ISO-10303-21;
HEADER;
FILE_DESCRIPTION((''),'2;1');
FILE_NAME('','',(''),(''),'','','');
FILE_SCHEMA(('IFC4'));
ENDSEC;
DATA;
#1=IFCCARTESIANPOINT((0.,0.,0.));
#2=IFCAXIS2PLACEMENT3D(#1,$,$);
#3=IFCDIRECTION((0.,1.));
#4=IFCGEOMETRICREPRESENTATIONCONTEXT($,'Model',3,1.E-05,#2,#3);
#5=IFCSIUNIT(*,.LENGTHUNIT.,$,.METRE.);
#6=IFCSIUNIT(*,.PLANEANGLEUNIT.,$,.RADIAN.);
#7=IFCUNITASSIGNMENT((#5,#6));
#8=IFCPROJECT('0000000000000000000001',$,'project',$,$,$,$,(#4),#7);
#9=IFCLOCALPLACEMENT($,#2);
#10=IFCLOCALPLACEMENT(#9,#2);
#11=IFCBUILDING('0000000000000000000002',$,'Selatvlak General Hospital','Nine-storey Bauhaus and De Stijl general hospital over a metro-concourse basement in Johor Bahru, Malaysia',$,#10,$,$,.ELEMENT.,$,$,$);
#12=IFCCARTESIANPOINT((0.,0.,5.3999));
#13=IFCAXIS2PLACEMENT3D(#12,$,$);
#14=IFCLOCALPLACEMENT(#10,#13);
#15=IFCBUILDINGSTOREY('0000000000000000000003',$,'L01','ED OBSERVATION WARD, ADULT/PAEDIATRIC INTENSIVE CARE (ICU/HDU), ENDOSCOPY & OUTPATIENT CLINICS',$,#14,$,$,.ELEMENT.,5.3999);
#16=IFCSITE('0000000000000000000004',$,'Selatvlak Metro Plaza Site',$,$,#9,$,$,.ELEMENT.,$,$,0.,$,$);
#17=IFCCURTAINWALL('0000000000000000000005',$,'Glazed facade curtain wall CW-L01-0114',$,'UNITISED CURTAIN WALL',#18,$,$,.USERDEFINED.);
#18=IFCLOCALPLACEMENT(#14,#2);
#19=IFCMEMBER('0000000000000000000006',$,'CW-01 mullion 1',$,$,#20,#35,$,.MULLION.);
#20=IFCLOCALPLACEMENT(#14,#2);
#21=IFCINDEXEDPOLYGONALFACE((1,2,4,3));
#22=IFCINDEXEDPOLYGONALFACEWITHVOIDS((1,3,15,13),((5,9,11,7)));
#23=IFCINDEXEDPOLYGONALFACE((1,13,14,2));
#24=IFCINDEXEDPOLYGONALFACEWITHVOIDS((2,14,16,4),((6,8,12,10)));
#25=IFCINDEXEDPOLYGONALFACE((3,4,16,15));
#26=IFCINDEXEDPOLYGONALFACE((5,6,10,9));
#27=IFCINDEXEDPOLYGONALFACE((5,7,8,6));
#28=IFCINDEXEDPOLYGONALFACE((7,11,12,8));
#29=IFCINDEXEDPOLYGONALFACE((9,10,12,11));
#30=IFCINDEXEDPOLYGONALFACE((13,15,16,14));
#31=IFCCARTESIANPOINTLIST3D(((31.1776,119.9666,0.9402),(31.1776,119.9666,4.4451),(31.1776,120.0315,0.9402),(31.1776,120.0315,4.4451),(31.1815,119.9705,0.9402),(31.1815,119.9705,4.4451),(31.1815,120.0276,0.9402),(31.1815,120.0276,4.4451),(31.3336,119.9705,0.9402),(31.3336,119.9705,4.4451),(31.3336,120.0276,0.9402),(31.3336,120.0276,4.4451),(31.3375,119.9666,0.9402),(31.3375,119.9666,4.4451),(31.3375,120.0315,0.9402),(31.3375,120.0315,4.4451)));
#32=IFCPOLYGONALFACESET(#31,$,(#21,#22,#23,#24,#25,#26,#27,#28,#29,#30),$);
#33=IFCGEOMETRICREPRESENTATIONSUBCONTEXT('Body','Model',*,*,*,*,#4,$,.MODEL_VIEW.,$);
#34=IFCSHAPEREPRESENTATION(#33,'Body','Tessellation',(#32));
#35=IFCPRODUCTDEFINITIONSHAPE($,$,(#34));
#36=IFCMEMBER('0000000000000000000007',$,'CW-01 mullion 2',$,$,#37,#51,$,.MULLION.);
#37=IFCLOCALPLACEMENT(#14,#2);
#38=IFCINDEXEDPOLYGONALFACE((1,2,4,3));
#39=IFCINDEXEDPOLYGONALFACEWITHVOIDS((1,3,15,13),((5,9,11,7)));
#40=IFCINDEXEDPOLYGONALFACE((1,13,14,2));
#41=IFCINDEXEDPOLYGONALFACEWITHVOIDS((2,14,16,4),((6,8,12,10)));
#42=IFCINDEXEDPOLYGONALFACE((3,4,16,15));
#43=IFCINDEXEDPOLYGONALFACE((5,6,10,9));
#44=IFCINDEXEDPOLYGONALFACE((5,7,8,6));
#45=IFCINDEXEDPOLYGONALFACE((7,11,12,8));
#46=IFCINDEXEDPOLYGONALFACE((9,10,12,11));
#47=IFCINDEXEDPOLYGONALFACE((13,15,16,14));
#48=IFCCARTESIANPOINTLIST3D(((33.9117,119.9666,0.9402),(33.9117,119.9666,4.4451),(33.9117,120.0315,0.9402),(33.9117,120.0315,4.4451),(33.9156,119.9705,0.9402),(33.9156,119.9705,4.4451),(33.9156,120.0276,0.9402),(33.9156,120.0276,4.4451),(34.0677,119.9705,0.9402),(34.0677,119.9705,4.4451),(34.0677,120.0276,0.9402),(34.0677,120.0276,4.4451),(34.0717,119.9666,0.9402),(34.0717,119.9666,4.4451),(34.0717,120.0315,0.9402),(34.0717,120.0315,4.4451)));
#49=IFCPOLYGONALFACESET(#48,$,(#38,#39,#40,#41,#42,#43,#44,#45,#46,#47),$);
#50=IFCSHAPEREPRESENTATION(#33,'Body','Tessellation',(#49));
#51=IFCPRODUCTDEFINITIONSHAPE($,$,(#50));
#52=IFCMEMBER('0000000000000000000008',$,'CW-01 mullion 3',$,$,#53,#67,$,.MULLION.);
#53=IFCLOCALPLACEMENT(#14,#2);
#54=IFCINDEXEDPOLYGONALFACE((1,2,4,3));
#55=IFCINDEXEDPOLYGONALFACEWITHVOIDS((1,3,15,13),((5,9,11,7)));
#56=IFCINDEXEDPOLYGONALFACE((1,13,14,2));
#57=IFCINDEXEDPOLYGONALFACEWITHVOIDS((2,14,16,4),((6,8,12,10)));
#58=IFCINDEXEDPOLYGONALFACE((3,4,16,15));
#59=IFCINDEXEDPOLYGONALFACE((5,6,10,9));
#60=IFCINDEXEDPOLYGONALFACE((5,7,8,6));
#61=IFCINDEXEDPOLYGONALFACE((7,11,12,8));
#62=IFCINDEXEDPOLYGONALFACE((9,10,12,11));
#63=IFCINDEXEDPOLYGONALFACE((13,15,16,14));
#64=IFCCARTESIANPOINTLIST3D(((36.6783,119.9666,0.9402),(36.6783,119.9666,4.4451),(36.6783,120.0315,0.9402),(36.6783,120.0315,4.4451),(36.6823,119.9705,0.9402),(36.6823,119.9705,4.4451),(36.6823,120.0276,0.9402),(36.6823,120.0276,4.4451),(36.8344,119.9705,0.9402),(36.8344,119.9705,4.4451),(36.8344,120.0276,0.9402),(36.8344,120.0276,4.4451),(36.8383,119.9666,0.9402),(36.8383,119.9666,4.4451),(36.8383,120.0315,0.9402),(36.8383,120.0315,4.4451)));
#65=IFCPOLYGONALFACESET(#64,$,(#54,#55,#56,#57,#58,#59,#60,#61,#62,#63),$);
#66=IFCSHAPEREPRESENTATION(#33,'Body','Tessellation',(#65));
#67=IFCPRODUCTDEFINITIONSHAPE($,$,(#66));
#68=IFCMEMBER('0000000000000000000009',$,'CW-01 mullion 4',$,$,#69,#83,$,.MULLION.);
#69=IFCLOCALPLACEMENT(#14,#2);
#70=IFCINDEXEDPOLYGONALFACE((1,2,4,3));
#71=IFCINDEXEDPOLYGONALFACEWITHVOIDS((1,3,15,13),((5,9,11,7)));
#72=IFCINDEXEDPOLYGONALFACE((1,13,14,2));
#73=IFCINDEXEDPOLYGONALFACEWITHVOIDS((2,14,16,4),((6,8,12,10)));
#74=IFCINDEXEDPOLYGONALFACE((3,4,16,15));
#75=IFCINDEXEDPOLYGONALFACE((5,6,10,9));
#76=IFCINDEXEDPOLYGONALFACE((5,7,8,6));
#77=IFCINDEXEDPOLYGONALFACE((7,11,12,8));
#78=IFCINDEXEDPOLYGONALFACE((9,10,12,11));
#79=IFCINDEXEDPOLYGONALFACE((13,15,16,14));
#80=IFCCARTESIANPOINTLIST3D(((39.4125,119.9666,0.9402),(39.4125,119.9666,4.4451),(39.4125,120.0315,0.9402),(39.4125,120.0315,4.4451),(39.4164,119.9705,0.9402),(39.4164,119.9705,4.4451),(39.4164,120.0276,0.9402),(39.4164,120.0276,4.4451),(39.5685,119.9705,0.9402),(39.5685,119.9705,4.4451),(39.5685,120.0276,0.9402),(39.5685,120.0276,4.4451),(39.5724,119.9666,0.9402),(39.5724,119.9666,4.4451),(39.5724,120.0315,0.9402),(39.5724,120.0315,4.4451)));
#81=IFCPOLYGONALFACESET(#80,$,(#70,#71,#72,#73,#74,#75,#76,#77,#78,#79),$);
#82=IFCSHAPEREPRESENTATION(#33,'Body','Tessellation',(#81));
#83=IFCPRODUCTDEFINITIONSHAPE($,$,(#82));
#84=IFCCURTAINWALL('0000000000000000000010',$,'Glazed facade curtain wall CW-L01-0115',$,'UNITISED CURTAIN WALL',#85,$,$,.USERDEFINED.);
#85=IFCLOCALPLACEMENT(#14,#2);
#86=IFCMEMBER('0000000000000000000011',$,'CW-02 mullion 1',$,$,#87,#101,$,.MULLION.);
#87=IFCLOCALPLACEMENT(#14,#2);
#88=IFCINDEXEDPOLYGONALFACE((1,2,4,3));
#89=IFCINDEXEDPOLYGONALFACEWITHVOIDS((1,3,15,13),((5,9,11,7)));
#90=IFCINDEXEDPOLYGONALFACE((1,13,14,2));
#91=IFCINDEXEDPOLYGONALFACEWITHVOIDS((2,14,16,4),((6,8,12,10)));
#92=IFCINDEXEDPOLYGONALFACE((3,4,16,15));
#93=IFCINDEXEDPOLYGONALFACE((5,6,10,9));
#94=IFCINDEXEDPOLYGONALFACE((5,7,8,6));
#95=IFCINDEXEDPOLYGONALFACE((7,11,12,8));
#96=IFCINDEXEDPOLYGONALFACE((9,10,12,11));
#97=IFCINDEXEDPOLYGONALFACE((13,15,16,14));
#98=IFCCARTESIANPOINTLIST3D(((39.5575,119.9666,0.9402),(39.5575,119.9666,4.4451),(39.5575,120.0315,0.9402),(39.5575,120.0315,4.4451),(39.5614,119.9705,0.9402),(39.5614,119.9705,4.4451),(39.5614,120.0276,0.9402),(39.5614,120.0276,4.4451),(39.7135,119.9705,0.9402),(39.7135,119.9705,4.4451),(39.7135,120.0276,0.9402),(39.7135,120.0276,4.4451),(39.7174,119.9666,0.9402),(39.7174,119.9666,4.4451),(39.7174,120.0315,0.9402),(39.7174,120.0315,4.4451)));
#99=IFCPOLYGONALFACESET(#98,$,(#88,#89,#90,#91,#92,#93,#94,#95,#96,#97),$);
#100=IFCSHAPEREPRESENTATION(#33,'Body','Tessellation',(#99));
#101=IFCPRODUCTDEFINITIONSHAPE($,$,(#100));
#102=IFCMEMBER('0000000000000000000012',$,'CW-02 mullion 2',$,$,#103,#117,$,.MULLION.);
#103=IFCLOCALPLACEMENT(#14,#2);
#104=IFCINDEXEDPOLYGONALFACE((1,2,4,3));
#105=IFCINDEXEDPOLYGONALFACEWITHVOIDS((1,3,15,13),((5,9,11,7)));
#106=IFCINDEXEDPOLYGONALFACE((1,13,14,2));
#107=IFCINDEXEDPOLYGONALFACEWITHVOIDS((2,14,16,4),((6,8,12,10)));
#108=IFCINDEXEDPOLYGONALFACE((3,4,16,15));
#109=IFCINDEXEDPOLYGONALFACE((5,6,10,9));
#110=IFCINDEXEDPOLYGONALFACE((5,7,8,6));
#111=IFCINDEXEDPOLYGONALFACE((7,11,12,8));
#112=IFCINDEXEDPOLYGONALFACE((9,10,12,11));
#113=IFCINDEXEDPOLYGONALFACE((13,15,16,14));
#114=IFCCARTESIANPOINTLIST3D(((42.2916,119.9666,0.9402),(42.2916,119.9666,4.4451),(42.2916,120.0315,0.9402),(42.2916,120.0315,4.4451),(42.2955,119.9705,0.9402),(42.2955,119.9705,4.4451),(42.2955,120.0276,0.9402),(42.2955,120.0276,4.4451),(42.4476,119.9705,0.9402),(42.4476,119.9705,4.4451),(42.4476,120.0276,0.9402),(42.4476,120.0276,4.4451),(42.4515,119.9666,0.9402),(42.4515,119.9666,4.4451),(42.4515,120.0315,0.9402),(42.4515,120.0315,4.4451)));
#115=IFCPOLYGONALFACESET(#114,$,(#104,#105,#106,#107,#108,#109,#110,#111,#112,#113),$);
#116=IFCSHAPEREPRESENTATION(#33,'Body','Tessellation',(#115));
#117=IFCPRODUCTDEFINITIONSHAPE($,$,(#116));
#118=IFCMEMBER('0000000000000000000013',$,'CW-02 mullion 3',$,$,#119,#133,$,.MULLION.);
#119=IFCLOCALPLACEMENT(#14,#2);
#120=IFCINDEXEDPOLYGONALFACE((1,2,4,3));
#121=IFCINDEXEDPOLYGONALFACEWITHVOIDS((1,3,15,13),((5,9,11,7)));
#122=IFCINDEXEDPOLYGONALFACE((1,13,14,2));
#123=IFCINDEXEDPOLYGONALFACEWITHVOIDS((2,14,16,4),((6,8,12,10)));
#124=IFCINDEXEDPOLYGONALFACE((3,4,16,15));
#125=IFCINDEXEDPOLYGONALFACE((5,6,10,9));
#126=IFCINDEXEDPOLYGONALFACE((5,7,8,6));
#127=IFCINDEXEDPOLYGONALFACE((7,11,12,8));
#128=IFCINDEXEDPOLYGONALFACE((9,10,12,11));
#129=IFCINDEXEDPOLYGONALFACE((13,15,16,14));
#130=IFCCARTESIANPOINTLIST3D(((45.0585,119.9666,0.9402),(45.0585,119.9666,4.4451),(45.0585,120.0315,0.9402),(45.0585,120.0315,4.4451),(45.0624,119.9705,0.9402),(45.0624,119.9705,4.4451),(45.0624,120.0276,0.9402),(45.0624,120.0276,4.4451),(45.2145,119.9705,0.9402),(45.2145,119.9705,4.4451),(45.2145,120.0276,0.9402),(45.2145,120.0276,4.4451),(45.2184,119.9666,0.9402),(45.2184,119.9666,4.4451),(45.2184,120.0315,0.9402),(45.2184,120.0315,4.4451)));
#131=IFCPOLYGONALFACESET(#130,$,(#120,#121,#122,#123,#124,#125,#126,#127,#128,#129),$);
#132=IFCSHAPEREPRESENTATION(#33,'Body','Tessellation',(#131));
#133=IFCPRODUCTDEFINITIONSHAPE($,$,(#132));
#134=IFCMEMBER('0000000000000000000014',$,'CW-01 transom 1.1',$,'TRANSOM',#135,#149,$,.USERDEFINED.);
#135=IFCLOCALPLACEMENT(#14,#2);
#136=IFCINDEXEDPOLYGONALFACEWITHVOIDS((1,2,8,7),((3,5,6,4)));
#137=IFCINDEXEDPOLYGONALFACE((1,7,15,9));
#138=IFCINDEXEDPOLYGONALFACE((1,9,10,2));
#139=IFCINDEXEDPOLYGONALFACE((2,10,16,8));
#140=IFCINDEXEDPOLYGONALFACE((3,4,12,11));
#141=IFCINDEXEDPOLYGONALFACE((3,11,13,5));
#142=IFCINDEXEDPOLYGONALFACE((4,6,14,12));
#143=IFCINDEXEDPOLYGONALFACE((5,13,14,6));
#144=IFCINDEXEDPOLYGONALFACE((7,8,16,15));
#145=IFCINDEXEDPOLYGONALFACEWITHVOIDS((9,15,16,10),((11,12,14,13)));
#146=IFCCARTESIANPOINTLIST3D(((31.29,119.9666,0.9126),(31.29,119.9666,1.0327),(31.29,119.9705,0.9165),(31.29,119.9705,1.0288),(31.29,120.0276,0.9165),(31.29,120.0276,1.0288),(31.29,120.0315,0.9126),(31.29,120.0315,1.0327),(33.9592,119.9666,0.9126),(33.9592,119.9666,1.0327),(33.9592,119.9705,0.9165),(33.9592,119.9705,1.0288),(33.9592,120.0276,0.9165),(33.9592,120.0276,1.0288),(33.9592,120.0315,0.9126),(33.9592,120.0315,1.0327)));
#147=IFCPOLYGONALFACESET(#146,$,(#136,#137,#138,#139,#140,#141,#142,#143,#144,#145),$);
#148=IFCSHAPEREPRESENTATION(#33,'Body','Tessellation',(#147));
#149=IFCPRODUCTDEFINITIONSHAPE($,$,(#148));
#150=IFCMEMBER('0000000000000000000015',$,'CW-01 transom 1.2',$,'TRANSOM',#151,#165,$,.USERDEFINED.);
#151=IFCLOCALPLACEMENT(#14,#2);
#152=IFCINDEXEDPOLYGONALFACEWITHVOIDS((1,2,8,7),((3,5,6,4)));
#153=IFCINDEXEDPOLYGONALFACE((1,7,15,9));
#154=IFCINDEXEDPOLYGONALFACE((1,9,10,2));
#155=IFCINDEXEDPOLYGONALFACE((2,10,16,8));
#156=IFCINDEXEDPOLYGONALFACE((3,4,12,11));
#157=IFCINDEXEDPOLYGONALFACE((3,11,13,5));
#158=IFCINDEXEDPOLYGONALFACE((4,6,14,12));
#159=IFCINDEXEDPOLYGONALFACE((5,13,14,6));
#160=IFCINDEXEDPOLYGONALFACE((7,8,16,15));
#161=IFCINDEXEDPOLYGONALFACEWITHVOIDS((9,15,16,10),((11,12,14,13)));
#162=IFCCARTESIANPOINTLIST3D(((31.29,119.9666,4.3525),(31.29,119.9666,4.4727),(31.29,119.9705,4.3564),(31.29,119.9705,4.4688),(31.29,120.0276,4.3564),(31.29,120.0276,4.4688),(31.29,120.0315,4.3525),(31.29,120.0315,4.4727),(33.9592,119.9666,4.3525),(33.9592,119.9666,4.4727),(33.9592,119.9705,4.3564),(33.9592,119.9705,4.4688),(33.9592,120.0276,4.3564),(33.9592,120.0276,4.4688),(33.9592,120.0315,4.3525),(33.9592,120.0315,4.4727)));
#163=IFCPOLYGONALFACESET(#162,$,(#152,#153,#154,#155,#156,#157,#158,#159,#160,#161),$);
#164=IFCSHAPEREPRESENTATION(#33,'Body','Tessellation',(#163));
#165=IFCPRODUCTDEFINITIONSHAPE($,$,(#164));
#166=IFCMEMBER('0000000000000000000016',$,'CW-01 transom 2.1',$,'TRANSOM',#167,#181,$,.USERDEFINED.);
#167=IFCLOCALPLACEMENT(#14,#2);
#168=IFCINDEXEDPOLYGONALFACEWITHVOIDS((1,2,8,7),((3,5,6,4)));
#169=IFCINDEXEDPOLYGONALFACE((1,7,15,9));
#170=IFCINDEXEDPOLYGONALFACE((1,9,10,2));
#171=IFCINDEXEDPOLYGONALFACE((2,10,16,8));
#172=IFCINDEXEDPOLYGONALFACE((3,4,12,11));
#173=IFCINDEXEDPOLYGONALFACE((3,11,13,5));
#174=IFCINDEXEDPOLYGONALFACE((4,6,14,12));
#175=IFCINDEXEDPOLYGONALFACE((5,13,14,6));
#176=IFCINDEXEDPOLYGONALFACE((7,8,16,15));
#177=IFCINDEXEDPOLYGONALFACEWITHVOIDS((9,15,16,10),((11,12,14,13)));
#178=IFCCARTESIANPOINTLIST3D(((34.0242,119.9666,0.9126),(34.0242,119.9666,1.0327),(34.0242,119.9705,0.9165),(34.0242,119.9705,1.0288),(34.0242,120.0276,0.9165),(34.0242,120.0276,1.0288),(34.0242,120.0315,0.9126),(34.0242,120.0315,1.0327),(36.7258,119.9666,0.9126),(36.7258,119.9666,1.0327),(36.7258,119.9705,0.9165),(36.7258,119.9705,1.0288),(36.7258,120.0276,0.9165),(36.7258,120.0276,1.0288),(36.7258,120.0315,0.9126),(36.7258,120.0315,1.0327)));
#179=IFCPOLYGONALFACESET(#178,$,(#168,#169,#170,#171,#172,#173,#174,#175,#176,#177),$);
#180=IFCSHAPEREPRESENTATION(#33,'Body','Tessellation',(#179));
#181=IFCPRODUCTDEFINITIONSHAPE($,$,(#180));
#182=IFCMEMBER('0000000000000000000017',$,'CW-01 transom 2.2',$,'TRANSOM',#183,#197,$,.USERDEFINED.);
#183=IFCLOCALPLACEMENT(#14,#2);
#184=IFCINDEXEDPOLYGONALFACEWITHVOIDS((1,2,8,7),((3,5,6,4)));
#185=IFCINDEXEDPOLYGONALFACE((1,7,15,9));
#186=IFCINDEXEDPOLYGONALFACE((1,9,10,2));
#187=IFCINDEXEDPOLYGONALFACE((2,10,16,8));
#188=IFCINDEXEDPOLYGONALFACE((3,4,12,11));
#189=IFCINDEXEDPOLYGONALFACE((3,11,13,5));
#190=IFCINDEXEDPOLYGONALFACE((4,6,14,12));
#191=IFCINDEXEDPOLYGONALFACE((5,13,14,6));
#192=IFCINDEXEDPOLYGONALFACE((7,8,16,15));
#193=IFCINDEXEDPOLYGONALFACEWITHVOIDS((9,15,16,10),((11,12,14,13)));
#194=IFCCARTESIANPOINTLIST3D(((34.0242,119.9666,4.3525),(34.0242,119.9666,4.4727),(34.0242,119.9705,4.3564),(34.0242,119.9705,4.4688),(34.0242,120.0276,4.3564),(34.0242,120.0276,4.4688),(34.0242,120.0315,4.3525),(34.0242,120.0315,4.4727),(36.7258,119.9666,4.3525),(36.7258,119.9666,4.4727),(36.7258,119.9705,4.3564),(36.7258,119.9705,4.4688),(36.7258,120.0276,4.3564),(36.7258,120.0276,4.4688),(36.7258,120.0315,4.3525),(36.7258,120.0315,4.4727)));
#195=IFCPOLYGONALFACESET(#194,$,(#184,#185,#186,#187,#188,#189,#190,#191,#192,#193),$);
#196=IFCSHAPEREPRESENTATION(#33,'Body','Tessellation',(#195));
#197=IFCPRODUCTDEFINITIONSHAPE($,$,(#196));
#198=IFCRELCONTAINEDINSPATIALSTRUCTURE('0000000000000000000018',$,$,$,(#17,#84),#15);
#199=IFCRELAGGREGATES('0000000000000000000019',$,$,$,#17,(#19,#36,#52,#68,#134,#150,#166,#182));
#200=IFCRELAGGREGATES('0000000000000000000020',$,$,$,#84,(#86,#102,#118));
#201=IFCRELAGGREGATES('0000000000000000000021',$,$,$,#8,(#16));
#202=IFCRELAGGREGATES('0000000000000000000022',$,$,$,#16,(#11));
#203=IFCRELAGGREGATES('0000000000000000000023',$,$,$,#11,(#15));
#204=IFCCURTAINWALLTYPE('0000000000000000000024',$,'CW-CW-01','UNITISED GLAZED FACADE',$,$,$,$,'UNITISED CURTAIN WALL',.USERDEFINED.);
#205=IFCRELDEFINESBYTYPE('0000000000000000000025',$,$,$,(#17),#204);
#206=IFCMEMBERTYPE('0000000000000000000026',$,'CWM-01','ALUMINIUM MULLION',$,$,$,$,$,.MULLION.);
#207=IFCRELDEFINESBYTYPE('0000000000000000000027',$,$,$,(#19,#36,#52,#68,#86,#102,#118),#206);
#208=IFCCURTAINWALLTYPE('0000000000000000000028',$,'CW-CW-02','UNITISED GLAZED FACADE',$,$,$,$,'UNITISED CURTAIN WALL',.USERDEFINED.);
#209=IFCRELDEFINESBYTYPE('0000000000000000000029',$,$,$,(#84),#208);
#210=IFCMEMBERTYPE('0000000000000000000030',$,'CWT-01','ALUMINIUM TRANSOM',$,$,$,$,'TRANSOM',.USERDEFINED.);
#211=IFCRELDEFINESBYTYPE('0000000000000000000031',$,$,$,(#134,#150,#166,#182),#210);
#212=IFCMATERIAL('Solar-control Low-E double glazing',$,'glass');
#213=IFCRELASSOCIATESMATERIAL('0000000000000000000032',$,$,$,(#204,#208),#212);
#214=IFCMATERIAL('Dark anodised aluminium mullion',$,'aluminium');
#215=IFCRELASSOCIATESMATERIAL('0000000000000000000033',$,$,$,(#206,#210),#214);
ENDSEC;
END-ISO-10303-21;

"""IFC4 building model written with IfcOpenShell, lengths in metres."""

from ifc_helpers import new_model, si_unit, direction, frame, origin, origin_2d, place, context, subcontext, project, spatial, hollow_rectangle, extrude, material, material_profile, profile_set, type_object, element, aggregate, save


model = new_model("IFC4")

# Units and contexts
model_context = context("Model", 3, precision=1e-05, world=origin(), true_north=direction((0.0, 1.0)))
body_context = subcontext(model_context, "Body", "Model", "MODEL_VIEW")
ifc_project = project(units=[si_unit("LENGTHUNIT", "METRE"), si_unit("PLANEANGLEUNIT", "RADIAN")], contexts=[model_context])

# Site, building, storey
site_placement = place(None, origin())
site = spatial("IfcSite", under=ifc_project, at=site_placement, Name="Selatvlak Metro Plaza Site", CompositionType="ELEMENT", RefElevation=0.0)
building_placement = place(site_placement, origin())
building = spatial("IfcBuilding", under=site, at=building_placement, Name="Selatvlak General Hospital", Description="Nine-storey Bauhaus and De Stijl general hospital over a metro-concourse basement in Johor Bahru, Malaysia", CompositionType="ELEMENT")
storey_placement = place(building_placement, frame((0.0, 0.0, 5.3999)))
storey = spatial("IfcBuildingStorey", under=building, at=storey_placement, Name="L01", Description="ED OBSERVATION WARD, ADULT/PAEDIATRIC INTENSIVE CARE (ICU/HDU), ENDOSCOPY & OUTPATIENT CLINICS", CompositionType="ELEMENT", Elevation=5.3999)

# Curtain walls, members
ifc_material_1 = material(Name="Solar-control Low-E double glazing", Category="glass")
curtain_wall_type_1 = type_object("IfcCurtainWallType", Name="CW-CW-01", Description="UNITISED GLAZED FACADE", ElementType="UNITISED CURTAIN WALL", PredefinedType="USERDEFINED", material=ifc_material_1)
curtain_wall_1_placement = place(storey_placement, origin())
curtain_wall_1 = element("IfcCurtainWall", 1, at=curtain_wall_1_placement, inside=storey, type_object=curtain_wall_type_1, Name="Glazed facade curtain wall CW-L01-0114", ObjectType="UNITISED CURTAIN WALL", PredefinedType="USERDEFINED")
ifc_material_2 = material(Name="Dark anodised aluminium mullion", Category="aluminium")
ifc_material_profile_1 = material_profile(ifc_material_2, hollow_rectangle(XDim=0.0649, YDim=0.1599, WallThickness=0.0039, at=origin_2d()), Name="AL-MUL 65x160x4")
ifc_profile_set_1 = profile_set([ifc_material_profile_1], Name="Dark anodised aluminium mullion")
member_type_1 = type_object("IfcMemberType", Name="CWM-01", Description="ALUMINIUM MULLION", PredefinedType="MULLION", material=ifc_profile_set_1)
member_1_placement = place(storey_placement, frame((31.2576, 119.999, 0.9402), z_axis=(0.0, 0.0, 1.0), x_axis=(0.0, 1.0, 0.0)))
member_1 = element("IfcMember", 2, at=member_1_placement, type_object=member_type_1, Name="CW-01 mullion 1", PredefinedType="MULLION", context=body_context, shape_type="SweptSolid", body=[
    extrude(hollow_rectangle(XDim=0.0649, YDim=0.1599, WallThickness=0.0039, at=origin_2d()), origin(), (0.0, 0.0, 1.0), 3.5049),
])
member_2_placement = place(storey_placement, frame((33.9917, 119.999, 0.9402), z_axis=(0.0, 0.0, 1.0), x_axis=(0.0, 1.0, 0.0)))
member_2 = element("IfcMember", 3, at=member_2_placement, type_object=member_type_1, Name="CW-01 mullion 2", PredefinedType="MULLION", context=body_context, shape_type="SweptSolid", body=[
    extrude(hollow_rectangle(XDim=0.0649, YDim=0.1599, WallThickness=0.0039, at=origin_2d()), origin(), (0.0, 0.0, 1.0), 3.5049),
])
member_3_placement = place(storey_placement, frame((36.7583, 119.999, 0.9402), z_axis=(0.0, 0.0, 1.0), x_axis=(0.0, 1.0, 0.0)))
member_3 = element("IfcMember", 4, at=member_3_placement, type_object=member_type_1, Name="CW-01 mullion 3", PredefinedType="MULLION", context=body_context, shape_type="SweptSolid", body=[
    extrude(hollow_rectangle(XDim=0.0649, YDim=0.1599, WallThickness=0.0039, at=origin_2d()), origin(), (0.0, 0.0, 1.0), 3.5049),
])
member_4_placement = place(storey_placement, frame((39.4924, 119.999, 0.9402), z_axis=(0.0, 0.0, 1.0), x_axis=(0.0, 1.0, 0.0)))
member_4 = element("IfcMember", 5, at=member_4_placement, type_object=member_type_1, Name="CW-01 mullion 4", PredefinedType="MULLION", context=body_context, shape_type="SweptSolid", body=[
    extrude(hollow_rectangle(XDim=0.0649, YDim=0.1599, WallThickness=0.0039, at=origin_2d()), origin(), (0.0, 0.0, 1.0), 3.5049),
])
curtain_wall_type_2 = type_object("IfcCurtainWallType", Name="CW-CW-02", Description="UNITISED GLAZED FACADE", ElementType="UNITISED CURTAIN WALL", PredefinedType="USERDEFINED", material=ifc_material_1)
curtain_wall_2_placement = place(storey_placement, origin())
curtain_wall_2 = element("IfcCurtainWall", 6, at=curtain_wall_2_placement, inside=storey, type_object=curtain_wall_type_2, Name="Glazed facade curtain wall CW-L01-0115", ObjectType="UNITISED CURTAIN WALL", PredefinedType="USERDEFINED")
member_5_placement = place(storey_placement, frame((39.6375, 119.999, 0.9402), z_axis=(0.0, 0.0, 1.0), x_axis=(0.0, 1.0, 0.0)))
member_5 = element("IfcMember", 7, at=member_5_placement, type_object=member_type_1, Name="CW-02 mullion 1", PredefinedType="MULLION", context=body_context, shape_type="SweptSolid", body=[
    extrude(hollow_rectangle(XDim=0.0649, YDim=0.1599, WallThickness=0.0039, at=origin_2d()), origin(), (0.0, 0.0, 1.0), 3.5049),
])
member_6_placement = place(storey_placement, frame((42.3716, 119.999, 0.9402), z_axis=(0.0, 0.0, 1.0), x_axis=(0.0, 1.0, 0.0)))
member_6 = element("IfcMember", 8, at=member_6_placement, type_object=member_type_1, Name="CW-02 mullion 2", PredefinedType="MULLION", context=body_context, shape_type="SweptSolid", body=[
    extrude(hollow_rectangle(XDim=0.0649, YDim=0.1599, WallThickness=0.0039, at=origin_2d()), origin(), (0.0, 0.0, 1.0), 3.5049),
])
member_7_placement = place(storey_placement, frame((45.1384, 119.999, 0.9402), z_axis=(0.0, 0.0, 1.0), x_axis=(0.0, 1.0, 0.0)))
member_7 = element("IfcMember", 9, at=member_7_placement, type_object=member_type_1, Name="CW-02 mullion 3", PredefinedType="MULLION", context=body_context, shape_type="SweptSolid", body=[
    extrude(hollow_rectangle(XDim=0.0649, YDim=0.1599, WallThickness=0.0039, at=origin_2d()), origin(), (0.0, 0.0, 1.0), 3.5049),
])

# Members
ifc_material_profile_2 = material_profile(ifc_material_2, hollow_rectangle(XDim=0.0649, YDim=0.1201, WallThickness=0.0039, at=origin_2d()), Name="AL-TRN 65x120x4")
ifc_profile_set_2 = profile_set([ifc_material_profile_2], Name="Dark anodised aluminium mullion")
member_type_2 = type_object("IfcMemberType", Name="CWT-01", Description="ALUMINIUM TRANSOM", ElementType="TRANSOM", PredefinedType="USERDEFINED", material=ifc_profile_set_2)
member_8_placement = place(storey_placement, frame((31.29, 119.999, 0.9727), z_axis=(1.0, 0.0, 0.0), x_axis=(0.0, 1.0, 0.0)))
member_8 = element("IfcMember", 10, at=member_8_placement, type_object=member_type_2, Name="CW-01 transom 1.1", ObjectType="TRANSOM", PredefinedType="USERDEFINED", context=body_context, shape_type="SweptSolid", body=[
    extrude(hollow_rectangle(XDim=0.0649, YDim=0.1201, WallThickness=0.0039, at=origin_2d()), origin(), (0.0, 0.0, 1.0), 2.6692),
])
member_9_placement = place(storey_placement, frame((31.29, 119.999, 4.4126), z_axis=(1.0, 0.0, 0.0), x_axis=(0.0, 1.0, 0.0)))
member_9 = element("IfcMember", 11, at=member_9_placement, type_object=member_type_2, Name="CW-01 transom 1.2", ObjectType="TRANSOM", PredefinedType="USERDEFINED", context=body_context, shape_type="SweptSolid", body=[
    extrude(hollow_rectangle(XDim=0.0649, YDim=0.1201, WallThickness=0.0039, at=origin_2d()), origin(), (0.0, 0.0, 1.0), 2.6692),
])
member_10_placement = place(storey_placement, frame((34.0242, 119.999, 0.9727), z_axis=(1.0, 0.0, 0.0), x_axis=(0.0, 1.0, 0.0)))
member_10 = element("IfcMember", 12, at=member_10_placement, type_object=member_type_2, Name="CW-01 transom 2.1", ObjectType="TRANSOM", PredefinedType="USERDEFINED", context=body_context, shape_type="SweptSolid", body=[
    extrude(hollow_rectangle(XDim=0.0649, YDim=0.1201, WallThickness=0.0039, at=origin_2d()), origin(), (0.0, 0.0, 1.0), 2.7017),
])
member_11_placement = place(storey_placement, frame((34.0242, 119.999, 4.4126), z_axis=(1.0, 0.0, 0.0), x_axis=(0.0, 1.0, 0.0)))
member_11 = element("IfcMember", 13, at=member_11_placement, type_object=member_type_2, Name="CW-01 transom 2.2", ObjectType="TRANSOM", PredefinedType="USERDEFINED", context=body_context, shape_type="SweptSolid", body=[
    extrude(hollow_rectangle(XDim=0.0649, YDim=0.1201, WallThickness=0.0039, at=origin_2d()), origin(), (0.0, 0.0, 1.0), 2.7017),
])

aggregate(curtain_wall_1, [member_1, member_2, member_3, member_4, member_8, member_9, member_10, member_11])
aggregate(curtain_wall_2, [member_5, member_6, member_7])

save(model, "model.ifc")
